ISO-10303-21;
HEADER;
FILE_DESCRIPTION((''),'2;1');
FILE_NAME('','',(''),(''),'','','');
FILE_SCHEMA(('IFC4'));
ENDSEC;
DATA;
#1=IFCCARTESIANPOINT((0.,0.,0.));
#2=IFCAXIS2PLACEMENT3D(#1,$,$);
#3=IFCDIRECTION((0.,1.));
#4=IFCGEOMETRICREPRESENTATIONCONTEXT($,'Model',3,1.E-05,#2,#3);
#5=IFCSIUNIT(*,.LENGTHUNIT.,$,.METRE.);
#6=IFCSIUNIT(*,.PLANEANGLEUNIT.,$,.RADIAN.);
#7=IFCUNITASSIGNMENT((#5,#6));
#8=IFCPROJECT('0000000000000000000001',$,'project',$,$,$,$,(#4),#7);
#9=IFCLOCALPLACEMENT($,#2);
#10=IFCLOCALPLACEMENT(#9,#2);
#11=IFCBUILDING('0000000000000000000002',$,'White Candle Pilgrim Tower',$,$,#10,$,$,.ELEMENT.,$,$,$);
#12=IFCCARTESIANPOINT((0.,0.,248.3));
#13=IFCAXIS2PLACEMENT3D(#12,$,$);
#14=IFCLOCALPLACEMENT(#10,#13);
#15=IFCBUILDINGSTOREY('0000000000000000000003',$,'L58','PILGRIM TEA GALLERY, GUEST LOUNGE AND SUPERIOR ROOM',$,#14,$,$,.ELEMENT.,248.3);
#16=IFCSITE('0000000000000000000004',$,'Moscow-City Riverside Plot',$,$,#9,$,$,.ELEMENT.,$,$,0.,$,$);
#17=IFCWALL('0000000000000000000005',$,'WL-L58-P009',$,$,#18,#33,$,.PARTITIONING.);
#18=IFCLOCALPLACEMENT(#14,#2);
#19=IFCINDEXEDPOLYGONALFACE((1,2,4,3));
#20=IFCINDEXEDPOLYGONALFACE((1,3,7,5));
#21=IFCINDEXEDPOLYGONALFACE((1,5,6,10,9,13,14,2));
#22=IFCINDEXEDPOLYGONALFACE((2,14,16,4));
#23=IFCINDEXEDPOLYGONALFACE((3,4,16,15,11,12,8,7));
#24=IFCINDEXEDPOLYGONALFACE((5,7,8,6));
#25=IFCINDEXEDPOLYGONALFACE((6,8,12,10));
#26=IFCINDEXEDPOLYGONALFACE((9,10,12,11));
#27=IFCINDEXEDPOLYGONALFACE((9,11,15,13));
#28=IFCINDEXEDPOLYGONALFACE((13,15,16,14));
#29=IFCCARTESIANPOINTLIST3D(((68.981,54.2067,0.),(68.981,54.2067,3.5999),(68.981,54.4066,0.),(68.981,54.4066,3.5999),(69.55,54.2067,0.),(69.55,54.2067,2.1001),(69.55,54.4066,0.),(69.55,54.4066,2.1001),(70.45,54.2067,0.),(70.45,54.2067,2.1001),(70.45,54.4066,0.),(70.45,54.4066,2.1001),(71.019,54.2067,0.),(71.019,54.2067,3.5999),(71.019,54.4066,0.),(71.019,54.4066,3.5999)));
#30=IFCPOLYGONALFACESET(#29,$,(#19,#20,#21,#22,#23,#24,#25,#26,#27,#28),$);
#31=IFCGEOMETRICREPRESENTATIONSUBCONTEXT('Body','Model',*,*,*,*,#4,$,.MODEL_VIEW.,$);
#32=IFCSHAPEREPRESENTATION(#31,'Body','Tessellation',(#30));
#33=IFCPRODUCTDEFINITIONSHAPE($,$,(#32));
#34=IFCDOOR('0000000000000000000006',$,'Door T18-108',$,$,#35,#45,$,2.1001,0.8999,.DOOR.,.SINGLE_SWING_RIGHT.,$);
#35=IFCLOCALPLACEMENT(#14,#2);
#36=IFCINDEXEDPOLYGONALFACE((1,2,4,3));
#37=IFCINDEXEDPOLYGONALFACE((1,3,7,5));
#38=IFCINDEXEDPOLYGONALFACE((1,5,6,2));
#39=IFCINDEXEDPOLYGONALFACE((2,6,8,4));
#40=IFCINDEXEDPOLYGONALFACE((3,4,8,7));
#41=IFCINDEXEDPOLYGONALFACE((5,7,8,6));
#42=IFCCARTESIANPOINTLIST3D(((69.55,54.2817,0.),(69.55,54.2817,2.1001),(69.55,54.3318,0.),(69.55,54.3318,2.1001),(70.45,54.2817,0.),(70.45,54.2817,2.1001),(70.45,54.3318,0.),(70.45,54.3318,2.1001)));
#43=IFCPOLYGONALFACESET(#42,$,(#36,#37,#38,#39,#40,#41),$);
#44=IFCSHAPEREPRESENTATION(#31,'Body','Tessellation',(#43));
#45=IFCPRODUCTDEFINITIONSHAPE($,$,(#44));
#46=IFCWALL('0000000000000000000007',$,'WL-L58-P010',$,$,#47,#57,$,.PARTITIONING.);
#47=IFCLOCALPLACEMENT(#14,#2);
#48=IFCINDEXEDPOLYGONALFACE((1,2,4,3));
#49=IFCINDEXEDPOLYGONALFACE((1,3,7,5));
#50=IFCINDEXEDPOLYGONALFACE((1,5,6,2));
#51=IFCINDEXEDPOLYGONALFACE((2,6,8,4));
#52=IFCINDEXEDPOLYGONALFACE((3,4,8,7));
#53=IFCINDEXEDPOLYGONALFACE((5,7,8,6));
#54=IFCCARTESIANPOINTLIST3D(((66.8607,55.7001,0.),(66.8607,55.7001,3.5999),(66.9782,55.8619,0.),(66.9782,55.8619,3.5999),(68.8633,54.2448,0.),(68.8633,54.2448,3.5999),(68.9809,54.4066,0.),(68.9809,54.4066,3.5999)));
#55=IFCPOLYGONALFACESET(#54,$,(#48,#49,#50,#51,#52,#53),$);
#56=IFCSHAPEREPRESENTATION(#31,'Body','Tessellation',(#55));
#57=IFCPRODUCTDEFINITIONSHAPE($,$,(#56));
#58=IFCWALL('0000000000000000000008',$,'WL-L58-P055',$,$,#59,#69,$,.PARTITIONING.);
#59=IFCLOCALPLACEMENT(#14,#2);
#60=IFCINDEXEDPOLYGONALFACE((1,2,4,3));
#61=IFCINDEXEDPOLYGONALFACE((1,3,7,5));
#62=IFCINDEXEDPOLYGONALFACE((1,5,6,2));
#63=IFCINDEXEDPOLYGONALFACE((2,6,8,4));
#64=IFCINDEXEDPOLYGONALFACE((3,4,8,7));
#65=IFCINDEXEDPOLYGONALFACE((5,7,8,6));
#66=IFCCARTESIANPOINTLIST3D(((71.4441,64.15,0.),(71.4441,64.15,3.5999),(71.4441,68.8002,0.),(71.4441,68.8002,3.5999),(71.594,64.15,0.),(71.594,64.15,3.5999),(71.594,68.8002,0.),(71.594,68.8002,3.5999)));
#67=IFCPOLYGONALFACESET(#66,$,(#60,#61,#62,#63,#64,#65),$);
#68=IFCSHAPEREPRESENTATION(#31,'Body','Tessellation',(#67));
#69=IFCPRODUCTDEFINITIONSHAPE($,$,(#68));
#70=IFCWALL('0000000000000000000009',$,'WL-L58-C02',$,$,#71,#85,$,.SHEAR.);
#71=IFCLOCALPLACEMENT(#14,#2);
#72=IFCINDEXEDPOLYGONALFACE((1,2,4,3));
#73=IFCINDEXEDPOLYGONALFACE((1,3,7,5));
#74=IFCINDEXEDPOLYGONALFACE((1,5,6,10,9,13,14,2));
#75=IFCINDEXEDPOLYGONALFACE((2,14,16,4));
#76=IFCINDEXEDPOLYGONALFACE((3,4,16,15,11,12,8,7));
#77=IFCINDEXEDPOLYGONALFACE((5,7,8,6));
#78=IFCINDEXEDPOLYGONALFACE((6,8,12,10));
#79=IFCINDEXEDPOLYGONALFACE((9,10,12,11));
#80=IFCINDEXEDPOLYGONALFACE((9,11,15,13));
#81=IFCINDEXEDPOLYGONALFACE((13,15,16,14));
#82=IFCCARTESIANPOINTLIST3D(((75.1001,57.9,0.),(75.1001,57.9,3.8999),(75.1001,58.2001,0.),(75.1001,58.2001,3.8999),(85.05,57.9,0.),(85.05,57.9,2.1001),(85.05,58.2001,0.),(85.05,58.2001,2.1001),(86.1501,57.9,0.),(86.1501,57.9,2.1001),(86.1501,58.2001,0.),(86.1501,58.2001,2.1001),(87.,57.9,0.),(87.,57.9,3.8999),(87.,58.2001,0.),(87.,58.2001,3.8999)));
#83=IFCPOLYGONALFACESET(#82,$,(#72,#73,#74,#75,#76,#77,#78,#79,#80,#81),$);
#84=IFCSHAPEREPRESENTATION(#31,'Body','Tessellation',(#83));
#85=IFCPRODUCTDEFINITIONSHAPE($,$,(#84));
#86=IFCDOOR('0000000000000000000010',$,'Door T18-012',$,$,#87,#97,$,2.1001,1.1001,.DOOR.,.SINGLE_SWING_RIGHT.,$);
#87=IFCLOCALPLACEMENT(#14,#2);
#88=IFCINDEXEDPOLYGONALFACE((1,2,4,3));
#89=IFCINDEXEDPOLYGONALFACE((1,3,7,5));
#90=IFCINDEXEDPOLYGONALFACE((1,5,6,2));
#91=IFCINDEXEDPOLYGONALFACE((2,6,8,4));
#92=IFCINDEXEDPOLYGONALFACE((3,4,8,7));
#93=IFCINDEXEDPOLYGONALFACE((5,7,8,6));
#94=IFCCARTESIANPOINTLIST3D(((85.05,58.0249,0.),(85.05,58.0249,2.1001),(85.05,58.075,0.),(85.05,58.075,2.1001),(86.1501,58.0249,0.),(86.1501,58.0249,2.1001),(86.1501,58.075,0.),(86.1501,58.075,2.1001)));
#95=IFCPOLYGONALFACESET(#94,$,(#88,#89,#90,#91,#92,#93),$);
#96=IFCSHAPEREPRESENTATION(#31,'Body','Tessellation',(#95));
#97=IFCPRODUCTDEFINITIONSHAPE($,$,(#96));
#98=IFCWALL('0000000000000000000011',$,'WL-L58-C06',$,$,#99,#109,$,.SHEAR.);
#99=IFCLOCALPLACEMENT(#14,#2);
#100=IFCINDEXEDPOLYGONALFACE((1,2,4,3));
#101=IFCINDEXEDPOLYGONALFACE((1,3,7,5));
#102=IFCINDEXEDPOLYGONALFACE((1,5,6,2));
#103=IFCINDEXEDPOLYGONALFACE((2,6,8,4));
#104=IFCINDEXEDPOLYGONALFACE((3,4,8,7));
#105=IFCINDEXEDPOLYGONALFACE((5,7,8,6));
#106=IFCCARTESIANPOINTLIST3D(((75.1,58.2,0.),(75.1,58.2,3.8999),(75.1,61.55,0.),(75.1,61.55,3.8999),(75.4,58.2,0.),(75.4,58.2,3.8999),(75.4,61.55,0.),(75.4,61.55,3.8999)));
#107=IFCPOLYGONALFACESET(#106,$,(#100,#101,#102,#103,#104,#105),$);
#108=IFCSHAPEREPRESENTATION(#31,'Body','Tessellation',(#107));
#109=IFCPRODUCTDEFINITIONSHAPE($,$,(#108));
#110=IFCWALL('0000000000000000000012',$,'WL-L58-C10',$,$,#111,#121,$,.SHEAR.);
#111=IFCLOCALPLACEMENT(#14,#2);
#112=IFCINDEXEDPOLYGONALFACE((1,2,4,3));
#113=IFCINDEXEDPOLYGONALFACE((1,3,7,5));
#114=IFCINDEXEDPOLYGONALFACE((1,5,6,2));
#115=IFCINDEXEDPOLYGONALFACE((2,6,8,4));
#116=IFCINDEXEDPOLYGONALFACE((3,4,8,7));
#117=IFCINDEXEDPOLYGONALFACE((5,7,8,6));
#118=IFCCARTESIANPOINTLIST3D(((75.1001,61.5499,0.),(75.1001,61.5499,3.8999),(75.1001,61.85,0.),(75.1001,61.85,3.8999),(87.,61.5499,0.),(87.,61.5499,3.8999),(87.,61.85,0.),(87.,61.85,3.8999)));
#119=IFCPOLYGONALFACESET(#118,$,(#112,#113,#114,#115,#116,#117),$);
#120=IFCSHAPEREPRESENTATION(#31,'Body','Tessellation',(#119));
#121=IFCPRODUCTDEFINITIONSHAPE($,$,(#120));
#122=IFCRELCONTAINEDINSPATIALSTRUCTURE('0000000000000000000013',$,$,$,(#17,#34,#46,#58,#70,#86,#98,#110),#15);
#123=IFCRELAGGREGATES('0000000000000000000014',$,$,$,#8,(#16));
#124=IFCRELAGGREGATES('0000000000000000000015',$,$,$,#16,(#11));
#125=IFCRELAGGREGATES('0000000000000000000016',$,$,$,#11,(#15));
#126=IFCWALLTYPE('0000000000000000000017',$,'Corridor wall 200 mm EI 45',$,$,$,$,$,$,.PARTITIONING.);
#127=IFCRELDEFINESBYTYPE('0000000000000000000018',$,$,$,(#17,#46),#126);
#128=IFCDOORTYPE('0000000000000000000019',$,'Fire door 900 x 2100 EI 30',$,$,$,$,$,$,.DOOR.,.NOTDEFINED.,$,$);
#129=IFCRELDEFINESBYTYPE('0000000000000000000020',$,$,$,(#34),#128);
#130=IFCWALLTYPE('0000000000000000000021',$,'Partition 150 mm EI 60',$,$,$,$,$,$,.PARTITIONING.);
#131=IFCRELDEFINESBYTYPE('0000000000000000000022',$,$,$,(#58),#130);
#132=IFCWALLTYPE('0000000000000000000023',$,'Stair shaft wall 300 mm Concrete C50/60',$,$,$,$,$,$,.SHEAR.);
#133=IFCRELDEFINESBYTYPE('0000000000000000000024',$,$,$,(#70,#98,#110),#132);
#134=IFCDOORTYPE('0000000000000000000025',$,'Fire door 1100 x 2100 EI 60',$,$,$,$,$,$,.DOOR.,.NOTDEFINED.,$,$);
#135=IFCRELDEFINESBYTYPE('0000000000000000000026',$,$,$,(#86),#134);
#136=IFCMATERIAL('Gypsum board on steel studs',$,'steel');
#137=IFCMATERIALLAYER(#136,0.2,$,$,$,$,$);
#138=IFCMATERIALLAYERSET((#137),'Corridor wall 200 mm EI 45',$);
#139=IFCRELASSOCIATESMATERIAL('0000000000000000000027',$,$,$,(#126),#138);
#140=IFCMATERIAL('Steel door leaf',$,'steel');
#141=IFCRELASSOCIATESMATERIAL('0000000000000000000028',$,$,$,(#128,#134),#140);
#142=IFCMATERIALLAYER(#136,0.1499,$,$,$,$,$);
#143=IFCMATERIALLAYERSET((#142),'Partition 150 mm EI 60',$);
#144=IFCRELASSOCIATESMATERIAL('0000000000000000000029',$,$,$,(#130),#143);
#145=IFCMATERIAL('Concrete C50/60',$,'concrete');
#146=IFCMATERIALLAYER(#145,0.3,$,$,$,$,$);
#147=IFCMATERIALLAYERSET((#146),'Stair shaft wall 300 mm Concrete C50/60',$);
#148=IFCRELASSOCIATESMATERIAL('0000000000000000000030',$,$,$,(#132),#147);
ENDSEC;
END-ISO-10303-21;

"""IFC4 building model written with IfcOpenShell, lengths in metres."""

from ifc_helpers import new_model, si_unit, direction, frame, frame_2d, origin, place, context, subcontext, project, spatial, rectangle, extrude, material, layer, layer_set, type_object, element, fill, save


model = new_model("IFC4")

# Units and contexts
model_context = context("Model", 3, precision=1e-05, world=origin(), true_north=direction((0.0, 1.0)))
body_context = subcontext(model_context, "Body", "Model", "MODEL_VIEW")
ifc_project = project(units=[si_unit("LENGTHUNIT", "METRE"), si_unit("PLANEANGLEUNIT", "RADIAN")], contexts=[model_context])

# Site, building, storey
site_placement = place(None, origin())
site = spatial("IfcSite", under=ifc_project, at=site_placement, Name="Moscow-City Riverside Plot", CompositionType="ELEMENT", RefElevation=0.0)
building_placement = place(site_placement, origin())
building = spatial("IfcBuilding", under=site, at=building_placement, Name="White Candle Pilgrim Tower", CompositionType="ELEMENT")
storey_placement = place(building_placement, frame((0.0, 0.0, 248.3)))
storey = spatial("IfcBuildingStorey", under=building, at=storey_placement, Name="L58", Description="PILGRIM TEA GALLERY, GUEST LOUNGE AND SUPERIOR ROOM", CompositionType="ELEMENT", Elevation=248.3)

# Shared definitions
ifc_material_1 = material(Name="Concrete C50/60", Category="concrete")

# Shared definitions
ifc_material_2 = material(Name="Gypsum board on steel studs", Category="steel")
ifc_layer_1 = layer(ifc_material_2, 0.2)
ifc_layer_set_1 = layer_set([ifc_layer_1], Name="Corridor wall 200 mm EI 45")
wall_type_1 = type_object("IfcWallType", Name="Corridor wall 200 mm EI 45", PredefinedType="PARTITIONING", material=ifc_layer_set_1)

# Wall, opening, door
wall_1_placement = place(storey_placement, frame((71.019, 54.3066, 0.0), z_axis=(0.0, 0.0, 1.0), x_axis=(-1.0, 0.0, 0.0)))
wall_1 = element("IfcWall", 1, at=wall_1_placement, inside=storey, type_object=wall_type_1, Name="WL-L58-P009", PredefinedType="PARTITIONING", context=body_context, shape_type="SweptSolid", body=[
    extrude(rectangle(XDim=2.0381, YDim=0.2, at=frame_2d((1.019, 0.0))), origin(), (0.0, 0.0, 1.0), 3.5999),
])
opening_1_placement = place(wall_1_placement, frame((0.5691, 0.0, 0.0)))
opening_1 = element("IfcOpeningElement", 2, at=opening_1_placement, cuts=wall_1, PredefinedType="OPENING", context=body_context, shape_type="SweptSolid", body=[
    extrude(rectangle(XDim=0.8999, YDim=2.1001, at=frame_2d((0.45, 1.05))), frame((0.0, 0.1099, 0.0), z_axis=(0.0, -1.0, 0.0), x_axis=(1.0, 0.0, 0.0)), (0.0, 0.0, 1.0), 0.22),
])
ifc_material_3 = material(Name="Steel door leaf", Category="steel")
door_type_1 = type_object("IfcDoorType", Name="Fire door 900 x 2100 EI 30", OperationType="NOTDEFINED", PredefinedType="DOOR", material=ifc_material_3)
door_1_placement = place(opening_1_placement, origin())
door_1 = element("IfcDoor", 3, at=door_1_placement, inside=storey, type_object=door_type_1, Name="Door T18-108", OperationType="SINGLE_SWING_RIGHT", OverallHeight=2.1001, OverallWidth=0.8999, PredefinedType="DOOR", context=body_context, shape_type="SweptSolid", body=[
    extrude(rectangle(XDim=0.8999, YDim=2.1001, at=frame_2d((0.45, 1.05))), frame((0.0, 0.0249, 0.0), z_axis=(0.0, -1.0, 0.0), x_axis=(1.0, 0.0, 0.0)), (0.0, 0.0, 1.0), 0.05),
])
fill(opening_1, door_1)

# Walls
wall_2_placement = place(storey_placement, frame((68.9221, 54.3257, 0.0), z_axis=(0.0, 0.0, 1.0), x_axis=(-0.808962, 0.587861, 0.0)))
element("IfcWall", 4, at=wall_2_placement, inside=storey, type_object=wall_type_1, Name="WL-L58-P010", PredefinedType="PARTITIONING", context=body_context, shape_type="SweptSolid", body=[
    extrude(rectangle(XDim=2.4756, YDim=0.2, at=frame_2d((1.2378, 0.0))), origin(), (0.0, 0.0, 1.0), 3.5999),
])
ifc_layer_2 = layer(ifc_material_2, 0.1499)
ifc_layer_set_2 = layer_set([ifc_layer_2], Name="Partition 150 mm EI 60")
wall_type_2 = type_object("IfcWallType", Name="Partition 150 mm EI 60", PredefinedType="PARTITIONING", material=ifc_layer_set_2)
wall_3_placement = place(storey_placement, frame((71.519, 64.1499, 0.0), z_axis=(0.0, 0.0, 1.0), x_axis=(0.0, 1.0, 0.0)))
element("IfcWall", 5, at=wall_3_placement, inside=storey, type_object=wall_type_2, Name="WL-L58-P055", PredefinedType="PARTITIONING", context=body_context, shape_type="SweptSolid", body=[
    extrude(rectangle(XDim=4.6501, YDim=0.1499, at=frame_2d((2.3252, 0.0))), origin(), (0.0, 0.0, 1.0), 3.5999),
])

# Wall, opening, door
ifc_layer_3 = layer(ifc_material_1, 0.3)
ifc_layer_set_3 = layer_set([ifc_layer_3], Name="Stair shaft wall 300 mm Concrete C50/60")
wall_type_3 = type_object("IfcWallType", Name="Stair shaft wall 300 mm Concrete C50/60", PredefinedType="SHEAR", material=ifc_layer_set_3)
wall_4_placement = place(storey_placement, frame((75.1001, 58.05, 0.0), z_axis=(0.0, 0.0, 1.0), x_axis=(1.0, 0.0, 0.0)))
wall_4 = element("IfcWall", 6, at=wall_4_placement, inside=storey, type_object=wall_type_3, Name="WL-L58-C02", PredefinedType="SHEAR", context=body_context, shape_type="SweptSolid", body=[
    extrude(rectangle(XDim=11.8999, YDim=0.3, at=frame_2d((5.95, 0.0))), origin(), (0.0, 0.0, 1.0), 3.8999),
])
opening_2_placement = place(wall_4_placement, frame((9.95, 0.0, 0.0)))
opening_2 = element("IfcOpeningElement", 7, at=opening_2_placement, cuts=wall_4, PredefinedType="OPENING", context=body_context, shape_type="SweptSolid", body=[
    extrude(rectangle(XDim=1.1001, YDim=2.1001, at=frame_2d((0.55, 1.05))), frame((0.0, 0.1599, 0.0), z_axis=(0.0, -1.0, 0.0), x_axis=(1.0, 0.0, 0.0)), (0.0, 0.0, 1.0), 0.3201),
])
door_type_2 = type_object("IfcDoorType", Name="Fire door 1100 x 2100 EI 60", OperationType="NOTDEFINED", PredefinedType="DOOR", material=ifc_material_3)
door_2_placement = place(opening_2_placement, origin())
door_2 = element("IfcDoor", 8, at=door_2_placement, inside=storey, type_object=door_type_2, Name="Door T18-012", OperationType="SINGLE_SWING_RIGHT", OverallHeight=2.1001, OverallWidth=1.1001, PredefinedType="DOOR", context=body_context, shape_type="SweptSolid", body=[
    extrude(rectangle(XDim=1.1001, YDim=2.1001, at=frame_2d((0.55, 1.05))), frame((0.0, 0.0249, 0.0), z_axis=(0.0, -1.0, 0.0), x_axis=(1.0, 0.0, 0.0)), (0.0, 0.0, 1.0), 0.05),
])
fill(opening_2, door_2)

# Walls
wall_5_placement = place(storey_placement, frame((75.25, 58.2, 0.0), z_axis=(0.0, 0.0, 1.0), x_axis=(0.0, 1.0, 0.0)))
element("IfcWall", 9, at=wall_5_placement, inside=storey, type_object=wall_type_3, Name="WL-L58-C06", PredefinedType="SHEAR", context=body_context, shape_type="SweptSolid", body=[
    extrude(rectangle(XDim=3.3501, YDim=0.3, at=frame_2d((1.675, 0.0))), origin(), (0.0, 0.0, 1.0), 3.8999),
])
wall_6_placement = place(storey_placement, frame((75.1001, 61.7, 0.0), z_axis=(0.0, 0.0, 1.0), x_axis=(1.0, 0.0, 0.0)))
element("IfcWall", 10, at=wall_6_placement, inside=storey, type_object=wall_type_3, Name="WL-L58-C10", PredefinedType="SHEAR", context=body_context, shape_type="SweptSolid", body=[
    extrude(rectangle(XDim=11.8999, YDim=0.3, at=frame_2d((5.95, 0.0))), origin(), (0.0, 0.0, 1.0), 3.8999),
])

save(model, "model.ifc")
